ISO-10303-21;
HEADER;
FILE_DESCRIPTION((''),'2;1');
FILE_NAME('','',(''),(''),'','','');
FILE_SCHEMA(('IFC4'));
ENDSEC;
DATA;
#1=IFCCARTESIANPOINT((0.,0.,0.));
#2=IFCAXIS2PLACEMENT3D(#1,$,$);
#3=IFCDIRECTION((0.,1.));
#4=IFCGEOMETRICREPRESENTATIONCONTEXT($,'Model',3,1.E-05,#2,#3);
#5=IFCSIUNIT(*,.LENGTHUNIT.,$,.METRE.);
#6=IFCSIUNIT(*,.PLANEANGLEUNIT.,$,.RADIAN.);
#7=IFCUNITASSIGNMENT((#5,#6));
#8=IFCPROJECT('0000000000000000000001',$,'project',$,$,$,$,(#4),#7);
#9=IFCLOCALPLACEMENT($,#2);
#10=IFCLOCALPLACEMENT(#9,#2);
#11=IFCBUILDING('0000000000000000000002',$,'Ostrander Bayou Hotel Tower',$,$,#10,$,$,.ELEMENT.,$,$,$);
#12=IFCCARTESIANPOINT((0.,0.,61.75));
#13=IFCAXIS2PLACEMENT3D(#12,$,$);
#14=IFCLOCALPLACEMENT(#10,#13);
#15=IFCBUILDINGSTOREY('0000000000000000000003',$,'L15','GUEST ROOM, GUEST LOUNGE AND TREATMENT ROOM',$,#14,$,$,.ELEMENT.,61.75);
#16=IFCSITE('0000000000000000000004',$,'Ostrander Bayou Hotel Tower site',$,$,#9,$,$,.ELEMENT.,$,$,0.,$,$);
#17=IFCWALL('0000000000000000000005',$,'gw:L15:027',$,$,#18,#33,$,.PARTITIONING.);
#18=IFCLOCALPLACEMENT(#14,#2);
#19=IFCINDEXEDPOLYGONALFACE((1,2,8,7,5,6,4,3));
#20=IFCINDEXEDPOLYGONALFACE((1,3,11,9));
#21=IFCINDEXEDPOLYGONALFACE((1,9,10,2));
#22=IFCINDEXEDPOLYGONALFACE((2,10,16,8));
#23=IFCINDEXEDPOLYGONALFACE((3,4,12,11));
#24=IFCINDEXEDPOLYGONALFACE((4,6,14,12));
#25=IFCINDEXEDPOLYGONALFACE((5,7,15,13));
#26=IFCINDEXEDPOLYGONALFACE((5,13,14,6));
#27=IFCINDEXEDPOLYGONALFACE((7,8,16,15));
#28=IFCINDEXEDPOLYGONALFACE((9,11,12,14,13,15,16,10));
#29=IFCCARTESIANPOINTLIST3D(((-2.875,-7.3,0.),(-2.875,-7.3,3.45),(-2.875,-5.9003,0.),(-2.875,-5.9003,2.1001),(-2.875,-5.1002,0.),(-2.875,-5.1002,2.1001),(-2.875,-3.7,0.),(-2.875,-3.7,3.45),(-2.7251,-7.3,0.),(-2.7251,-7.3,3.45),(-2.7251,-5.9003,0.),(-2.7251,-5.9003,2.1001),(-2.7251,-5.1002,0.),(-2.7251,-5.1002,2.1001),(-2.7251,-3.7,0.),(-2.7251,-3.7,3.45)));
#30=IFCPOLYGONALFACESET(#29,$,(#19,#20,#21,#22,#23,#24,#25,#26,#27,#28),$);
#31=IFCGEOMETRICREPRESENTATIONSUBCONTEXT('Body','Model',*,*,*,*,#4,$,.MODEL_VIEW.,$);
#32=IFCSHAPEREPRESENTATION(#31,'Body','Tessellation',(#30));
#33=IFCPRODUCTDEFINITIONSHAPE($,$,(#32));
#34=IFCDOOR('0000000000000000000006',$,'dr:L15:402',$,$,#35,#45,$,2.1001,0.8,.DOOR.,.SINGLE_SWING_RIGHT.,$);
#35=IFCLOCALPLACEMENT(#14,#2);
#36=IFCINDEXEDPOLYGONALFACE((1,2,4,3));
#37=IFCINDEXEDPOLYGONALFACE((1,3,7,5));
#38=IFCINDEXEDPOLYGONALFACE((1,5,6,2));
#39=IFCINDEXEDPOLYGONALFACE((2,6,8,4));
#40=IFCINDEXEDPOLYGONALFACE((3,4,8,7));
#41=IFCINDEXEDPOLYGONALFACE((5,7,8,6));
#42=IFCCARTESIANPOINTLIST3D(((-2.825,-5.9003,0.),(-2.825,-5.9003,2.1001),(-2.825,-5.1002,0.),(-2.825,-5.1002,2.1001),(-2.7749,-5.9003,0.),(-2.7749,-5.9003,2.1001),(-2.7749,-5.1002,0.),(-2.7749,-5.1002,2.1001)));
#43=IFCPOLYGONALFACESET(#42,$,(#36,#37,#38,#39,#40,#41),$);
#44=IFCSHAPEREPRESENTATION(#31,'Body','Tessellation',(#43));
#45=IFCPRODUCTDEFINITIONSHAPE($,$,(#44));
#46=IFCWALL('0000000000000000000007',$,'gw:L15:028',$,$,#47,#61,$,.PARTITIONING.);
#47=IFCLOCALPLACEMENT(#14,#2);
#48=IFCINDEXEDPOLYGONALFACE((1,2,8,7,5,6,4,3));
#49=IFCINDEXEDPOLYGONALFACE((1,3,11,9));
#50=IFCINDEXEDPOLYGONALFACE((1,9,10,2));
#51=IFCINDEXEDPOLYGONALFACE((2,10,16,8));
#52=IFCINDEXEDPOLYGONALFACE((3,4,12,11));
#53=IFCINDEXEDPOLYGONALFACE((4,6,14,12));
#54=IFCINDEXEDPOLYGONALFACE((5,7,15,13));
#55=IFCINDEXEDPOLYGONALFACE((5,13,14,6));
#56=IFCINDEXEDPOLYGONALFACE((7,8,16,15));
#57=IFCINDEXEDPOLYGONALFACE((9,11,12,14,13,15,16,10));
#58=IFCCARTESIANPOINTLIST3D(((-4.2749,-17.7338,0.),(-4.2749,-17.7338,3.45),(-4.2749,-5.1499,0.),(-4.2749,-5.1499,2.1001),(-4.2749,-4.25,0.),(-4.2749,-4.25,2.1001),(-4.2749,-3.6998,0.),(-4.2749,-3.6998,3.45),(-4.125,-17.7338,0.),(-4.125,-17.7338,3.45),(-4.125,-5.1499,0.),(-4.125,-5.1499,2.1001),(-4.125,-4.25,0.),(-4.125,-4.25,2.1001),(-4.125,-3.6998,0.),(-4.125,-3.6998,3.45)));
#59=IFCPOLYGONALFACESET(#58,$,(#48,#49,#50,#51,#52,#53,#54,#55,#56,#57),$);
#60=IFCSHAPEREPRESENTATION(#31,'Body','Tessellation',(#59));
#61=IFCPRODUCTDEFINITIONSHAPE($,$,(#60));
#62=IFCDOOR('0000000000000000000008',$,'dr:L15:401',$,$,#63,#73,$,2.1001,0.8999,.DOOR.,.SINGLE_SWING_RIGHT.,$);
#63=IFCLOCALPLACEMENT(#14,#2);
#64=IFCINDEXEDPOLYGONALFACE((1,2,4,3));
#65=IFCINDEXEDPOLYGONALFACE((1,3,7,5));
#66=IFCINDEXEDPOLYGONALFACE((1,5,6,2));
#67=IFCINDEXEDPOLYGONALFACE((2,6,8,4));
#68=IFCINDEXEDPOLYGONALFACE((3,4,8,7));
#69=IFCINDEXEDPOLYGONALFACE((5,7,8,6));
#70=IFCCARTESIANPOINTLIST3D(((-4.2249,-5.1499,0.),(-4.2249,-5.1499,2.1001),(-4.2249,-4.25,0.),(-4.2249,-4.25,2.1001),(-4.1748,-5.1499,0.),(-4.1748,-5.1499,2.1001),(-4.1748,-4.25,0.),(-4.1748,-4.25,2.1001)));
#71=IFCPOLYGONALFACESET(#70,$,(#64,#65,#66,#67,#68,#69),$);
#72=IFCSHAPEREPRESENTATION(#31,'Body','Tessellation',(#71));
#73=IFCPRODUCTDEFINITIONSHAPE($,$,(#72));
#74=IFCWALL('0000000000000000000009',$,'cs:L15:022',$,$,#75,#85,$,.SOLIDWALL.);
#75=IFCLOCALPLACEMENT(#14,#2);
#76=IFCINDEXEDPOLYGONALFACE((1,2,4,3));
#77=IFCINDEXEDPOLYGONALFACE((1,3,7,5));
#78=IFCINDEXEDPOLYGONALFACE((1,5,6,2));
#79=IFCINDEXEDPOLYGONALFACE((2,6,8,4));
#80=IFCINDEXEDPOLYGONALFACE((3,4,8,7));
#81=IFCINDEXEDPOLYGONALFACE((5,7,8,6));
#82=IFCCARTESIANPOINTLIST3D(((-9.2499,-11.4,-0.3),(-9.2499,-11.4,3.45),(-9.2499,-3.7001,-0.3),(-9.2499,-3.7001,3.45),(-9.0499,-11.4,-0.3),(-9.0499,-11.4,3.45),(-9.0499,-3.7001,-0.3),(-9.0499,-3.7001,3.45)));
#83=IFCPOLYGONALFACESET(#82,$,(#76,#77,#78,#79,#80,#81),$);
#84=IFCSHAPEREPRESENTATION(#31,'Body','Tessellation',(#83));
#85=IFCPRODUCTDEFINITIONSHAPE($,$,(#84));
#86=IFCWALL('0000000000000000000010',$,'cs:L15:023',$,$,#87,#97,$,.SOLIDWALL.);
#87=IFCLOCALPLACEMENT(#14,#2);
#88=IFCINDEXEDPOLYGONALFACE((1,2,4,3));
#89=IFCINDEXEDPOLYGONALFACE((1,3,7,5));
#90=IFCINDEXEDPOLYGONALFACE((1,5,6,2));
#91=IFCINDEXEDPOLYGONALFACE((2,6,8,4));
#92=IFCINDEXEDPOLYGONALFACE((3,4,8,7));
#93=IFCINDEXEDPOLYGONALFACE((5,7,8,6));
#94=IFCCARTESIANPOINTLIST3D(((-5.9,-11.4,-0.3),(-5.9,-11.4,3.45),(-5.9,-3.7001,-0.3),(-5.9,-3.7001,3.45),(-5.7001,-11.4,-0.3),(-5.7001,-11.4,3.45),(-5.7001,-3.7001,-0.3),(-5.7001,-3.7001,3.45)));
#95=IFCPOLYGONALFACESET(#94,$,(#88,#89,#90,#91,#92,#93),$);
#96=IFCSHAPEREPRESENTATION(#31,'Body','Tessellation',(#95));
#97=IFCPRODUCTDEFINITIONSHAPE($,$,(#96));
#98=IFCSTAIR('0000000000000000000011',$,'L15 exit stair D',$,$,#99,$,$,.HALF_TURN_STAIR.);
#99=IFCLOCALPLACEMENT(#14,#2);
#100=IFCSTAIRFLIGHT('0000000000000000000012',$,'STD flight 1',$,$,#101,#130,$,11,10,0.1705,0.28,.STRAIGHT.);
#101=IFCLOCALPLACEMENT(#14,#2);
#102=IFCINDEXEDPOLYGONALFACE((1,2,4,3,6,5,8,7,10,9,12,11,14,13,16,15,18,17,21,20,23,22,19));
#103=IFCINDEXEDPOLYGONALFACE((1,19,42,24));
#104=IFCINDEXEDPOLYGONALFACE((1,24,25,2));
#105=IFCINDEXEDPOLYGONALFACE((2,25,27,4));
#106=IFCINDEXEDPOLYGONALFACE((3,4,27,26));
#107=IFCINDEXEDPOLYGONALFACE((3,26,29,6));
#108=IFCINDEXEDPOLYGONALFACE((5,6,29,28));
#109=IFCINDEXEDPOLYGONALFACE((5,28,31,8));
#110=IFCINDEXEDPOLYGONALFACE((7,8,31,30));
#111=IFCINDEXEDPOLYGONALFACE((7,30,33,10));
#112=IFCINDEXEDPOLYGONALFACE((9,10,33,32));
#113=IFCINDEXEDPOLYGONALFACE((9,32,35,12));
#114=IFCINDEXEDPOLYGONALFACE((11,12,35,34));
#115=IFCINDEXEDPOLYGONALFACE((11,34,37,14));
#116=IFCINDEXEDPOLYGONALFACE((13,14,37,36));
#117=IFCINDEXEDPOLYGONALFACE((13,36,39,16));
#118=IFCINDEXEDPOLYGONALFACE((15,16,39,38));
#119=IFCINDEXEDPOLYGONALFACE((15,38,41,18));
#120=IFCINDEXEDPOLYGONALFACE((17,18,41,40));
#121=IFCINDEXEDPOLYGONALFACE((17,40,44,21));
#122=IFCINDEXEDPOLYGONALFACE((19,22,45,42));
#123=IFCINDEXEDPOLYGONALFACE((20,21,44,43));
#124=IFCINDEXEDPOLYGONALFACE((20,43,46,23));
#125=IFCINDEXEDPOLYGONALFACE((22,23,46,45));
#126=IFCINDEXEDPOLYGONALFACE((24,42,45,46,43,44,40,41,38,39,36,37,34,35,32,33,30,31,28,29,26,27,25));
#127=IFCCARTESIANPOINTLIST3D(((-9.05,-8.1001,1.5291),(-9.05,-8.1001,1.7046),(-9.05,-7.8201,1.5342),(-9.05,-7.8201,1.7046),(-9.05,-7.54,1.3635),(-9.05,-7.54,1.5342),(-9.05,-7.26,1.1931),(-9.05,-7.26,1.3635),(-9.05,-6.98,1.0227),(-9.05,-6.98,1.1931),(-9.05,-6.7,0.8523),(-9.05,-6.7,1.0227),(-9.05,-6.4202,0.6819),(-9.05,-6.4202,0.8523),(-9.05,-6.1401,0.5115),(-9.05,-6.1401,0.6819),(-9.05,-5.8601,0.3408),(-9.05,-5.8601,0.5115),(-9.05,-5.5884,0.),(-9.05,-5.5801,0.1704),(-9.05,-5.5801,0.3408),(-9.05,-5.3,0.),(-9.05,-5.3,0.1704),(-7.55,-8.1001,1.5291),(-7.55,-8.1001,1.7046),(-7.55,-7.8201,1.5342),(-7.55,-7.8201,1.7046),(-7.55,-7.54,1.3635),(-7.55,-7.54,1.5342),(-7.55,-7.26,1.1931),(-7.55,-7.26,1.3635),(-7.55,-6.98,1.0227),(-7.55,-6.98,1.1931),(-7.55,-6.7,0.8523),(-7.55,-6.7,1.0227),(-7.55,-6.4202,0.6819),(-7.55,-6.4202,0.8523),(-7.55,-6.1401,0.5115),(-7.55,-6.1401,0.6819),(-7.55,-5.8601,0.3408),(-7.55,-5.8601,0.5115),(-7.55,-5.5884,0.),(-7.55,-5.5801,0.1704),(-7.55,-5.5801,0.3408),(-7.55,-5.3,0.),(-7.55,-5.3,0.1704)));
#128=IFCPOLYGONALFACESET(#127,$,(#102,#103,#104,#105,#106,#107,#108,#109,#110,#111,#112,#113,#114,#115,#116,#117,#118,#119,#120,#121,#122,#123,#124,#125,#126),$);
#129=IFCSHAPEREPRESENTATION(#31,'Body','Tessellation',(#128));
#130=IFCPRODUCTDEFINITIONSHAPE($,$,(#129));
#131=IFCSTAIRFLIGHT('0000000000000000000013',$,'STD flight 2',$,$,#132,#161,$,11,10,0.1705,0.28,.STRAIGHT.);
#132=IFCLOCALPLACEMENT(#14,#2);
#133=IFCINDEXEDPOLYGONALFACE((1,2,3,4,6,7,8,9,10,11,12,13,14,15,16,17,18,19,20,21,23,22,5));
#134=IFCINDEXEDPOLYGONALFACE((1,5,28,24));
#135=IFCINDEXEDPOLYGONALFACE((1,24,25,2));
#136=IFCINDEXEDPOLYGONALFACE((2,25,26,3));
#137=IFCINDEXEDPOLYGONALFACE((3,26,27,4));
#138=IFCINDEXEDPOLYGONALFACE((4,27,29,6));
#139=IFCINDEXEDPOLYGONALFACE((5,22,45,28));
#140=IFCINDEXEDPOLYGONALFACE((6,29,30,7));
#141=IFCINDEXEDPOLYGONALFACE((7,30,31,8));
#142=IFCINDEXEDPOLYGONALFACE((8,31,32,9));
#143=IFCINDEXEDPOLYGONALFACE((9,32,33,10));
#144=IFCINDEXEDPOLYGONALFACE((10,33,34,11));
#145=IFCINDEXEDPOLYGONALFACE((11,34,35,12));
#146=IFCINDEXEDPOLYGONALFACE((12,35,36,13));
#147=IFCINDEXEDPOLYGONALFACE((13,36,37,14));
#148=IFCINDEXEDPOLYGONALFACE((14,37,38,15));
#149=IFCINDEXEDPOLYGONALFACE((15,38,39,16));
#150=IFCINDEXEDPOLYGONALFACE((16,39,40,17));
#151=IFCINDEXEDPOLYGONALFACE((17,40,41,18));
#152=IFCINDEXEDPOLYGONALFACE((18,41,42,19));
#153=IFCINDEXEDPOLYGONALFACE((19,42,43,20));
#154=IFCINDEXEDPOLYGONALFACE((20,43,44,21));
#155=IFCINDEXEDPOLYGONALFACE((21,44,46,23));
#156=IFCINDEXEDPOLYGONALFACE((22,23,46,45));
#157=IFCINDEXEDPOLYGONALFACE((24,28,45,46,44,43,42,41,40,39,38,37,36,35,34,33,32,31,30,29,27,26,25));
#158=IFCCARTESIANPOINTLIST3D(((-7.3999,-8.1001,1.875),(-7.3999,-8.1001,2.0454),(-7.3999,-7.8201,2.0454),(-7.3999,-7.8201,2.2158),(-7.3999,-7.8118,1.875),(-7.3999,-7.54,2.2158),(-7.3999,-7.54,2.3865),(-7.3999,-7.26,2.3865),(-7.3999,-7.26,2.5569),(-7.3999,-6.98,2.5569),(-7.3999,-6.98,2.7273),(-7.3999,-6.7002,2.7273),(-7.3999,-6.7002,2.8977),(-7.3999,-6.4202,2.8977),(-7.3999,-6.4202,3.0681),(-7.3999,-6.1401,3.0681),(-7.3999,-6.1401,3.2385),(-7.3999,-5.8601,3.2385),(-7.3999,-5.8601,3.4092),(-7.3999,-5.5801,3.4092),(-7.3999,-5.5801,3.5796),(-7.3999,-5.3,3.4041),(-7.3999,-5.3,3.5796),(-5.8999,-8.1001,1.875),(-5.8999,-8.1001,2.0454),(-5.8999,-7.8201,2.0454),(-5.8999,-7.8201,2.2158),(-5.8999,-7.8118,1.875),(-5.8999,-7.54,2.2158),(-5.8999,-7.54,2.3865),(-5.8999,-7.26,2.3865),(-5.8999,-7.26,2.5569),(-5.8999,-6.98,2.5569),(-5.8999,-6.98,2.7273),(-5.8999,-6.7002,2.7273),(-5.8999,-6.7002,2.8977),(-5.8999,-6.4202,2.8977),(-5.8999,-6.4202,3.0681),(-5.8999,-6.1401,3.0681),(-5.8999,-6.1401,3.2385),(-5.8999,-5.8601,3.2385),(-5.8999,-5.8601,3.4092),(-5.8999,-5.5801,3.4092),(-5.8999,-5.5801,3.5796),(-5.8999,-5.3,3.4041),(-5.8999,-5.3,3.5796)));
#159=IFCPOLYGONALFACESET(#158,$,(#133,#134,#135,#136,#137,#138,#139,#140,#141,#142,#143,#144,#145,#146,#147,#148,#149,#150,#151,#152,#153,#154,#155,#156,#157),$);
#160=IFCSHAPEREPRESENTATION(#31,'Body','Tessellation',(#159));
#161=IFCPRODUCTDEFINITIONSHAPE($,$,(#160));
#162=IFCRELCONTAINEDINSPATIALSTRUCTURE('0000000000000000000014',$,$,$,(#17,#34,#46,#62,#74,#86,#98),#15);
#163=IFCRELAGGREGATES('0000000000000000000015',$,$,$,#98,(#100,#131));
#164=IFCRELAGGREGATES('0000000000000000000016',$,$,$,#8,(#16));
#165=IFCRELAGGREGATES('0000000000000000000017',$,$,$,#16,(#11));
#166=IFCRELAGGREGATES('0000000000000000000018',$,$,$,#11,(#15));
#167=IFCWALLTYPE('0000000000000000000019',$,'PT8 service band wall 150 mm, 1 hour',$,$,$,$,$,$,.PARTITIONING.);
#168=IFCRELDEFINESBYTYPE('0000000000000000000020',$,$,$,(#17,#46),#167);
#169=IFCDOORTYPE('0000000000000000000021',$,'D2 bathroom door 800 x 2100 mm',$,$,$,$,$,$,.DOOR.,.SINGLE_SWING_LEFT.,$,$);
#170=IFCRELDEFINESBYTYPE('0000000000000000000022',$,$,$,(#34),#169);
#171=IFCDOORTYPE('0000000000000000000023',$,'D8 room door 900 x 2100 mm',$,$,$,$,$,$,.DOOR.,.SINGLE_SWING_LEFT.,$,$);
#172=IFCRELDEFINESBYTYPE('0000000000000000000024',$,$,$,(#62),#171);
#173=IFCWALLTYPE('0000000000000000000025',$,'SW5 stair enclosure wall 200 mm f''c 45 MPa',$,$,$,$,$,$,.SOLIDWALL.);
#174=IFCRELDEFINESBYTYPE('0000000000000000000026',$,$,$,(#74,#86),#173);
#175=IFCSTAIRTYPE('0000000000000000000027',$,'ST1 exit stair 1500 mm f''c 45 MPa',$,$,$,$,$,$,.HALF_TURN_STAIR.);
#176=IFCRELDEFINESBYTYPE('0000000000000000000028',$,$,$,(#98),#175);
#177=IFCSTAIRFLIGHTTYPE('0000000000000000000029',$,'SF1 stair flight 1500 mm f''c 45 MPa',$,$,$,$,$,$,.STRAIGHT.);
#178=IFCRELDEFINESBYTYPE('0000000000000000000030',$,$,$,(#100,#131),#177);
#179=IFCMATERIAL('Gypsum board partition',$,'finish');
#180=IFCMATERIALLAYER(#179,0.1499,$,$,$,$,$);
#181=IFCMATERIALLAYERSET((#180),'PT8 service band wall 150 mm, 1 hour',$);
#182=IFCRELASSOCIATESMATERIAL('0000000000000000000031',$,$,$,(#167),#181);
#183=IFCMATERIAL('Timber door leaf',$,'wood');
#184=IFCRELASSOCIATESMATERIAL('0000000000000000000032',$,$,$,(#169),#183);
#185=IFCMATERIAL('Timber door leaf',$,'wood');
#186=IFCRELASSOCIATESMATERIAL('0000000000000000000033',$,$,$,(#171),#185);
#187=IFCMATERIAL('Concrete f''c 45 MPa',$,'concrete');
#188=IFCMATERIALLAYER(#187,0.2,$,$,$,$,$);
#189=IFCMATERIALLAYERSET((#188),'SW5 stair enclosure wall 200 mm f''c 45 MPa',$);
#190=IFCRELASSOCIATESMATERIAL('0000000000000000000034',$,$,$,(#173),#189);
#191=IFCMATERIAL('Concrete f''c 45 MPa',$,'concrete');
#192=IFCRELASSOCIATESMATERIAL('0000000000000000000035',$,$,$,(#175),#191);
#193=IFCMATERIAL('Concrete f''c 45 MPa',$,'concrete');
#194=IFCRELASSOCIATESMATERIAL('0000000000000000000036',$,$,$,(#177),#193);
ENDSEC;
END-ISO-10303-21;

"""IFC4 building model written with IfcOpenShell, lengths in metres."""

from ifc_helpers import new_model, si_unit, direction, frame, frame_2d, origin, place, context, subcontext, project, spatial, polyline, rectangle, outline, extrude, material, layer, layer_set, type_object, element, fill, aggregate, save


model = new_model("IFC4")

# Units and contexts
model_context = context("Model", 3, precision=1e-05, world=origin(), true_north=direction((0.0, 1.0)))
body_context = subcontext(model_context, "Body", "Model", "MODEL_VIEW")
ifc_project = project(units=[si_unit("LENGTHUNIT", "METRE"), si_unit("PLANEANGLEUNIT", "RADIAN")], contexts=[model_context])

# Site, building, storey
site_placement = place(None, origin())
site = spatial("IfcSite", under=ifc_project, at=site_placement, Name="Ostrander Bayou Hotel Tower site", CompositionType="ELEMENT", RefElevation=0.0)
building_placement = place(site_placement, origin())
building = spatial("IfcBuilding", under=site, at=building_placement, Name="Ostrander Bayou Hotel Tower", CompositionType="ELEMENT")
storey_placement = place(building_placement, frame((0.0, 0.0, 61.75)))
storey = spatial("IfcBuildingStorey", under=building, at=storey_placement, Name="L15", Description="GUEST ROOM, GUEST LOUNGE AND TREATMENT ROOM", CompositionType="ELEMENT", Elevation=61.75)

# Shared definitions
ifc_material_1 = material(Name="Gypsum board partition", Category="finish")
ifc_layer_1 = layer(ifc_material_1, 0.1499)
ifc_layer_set_1 = layer_set([ifc_layer_1], Name="PT8 service band wall 150 mm, 1 hour")
wall_type_1 = type_object("IfcWallType", Name="PT8 service band wall 150 mm, 1 hour", PredefinedType="PARTITIONING", material=ifc_layer_set_1)

# Walls, openings, doors
wall_1_placement = place(storey_placement, frame((-2.8, -7.3, 0.0), z_axis=(0.0, 0.0, 1.0), x_axis=(0.0, 1.0, 0.0)))
wall_1 = element("IfcWall", 1, at=wall_1_placement, inside=storey, type_object=wall_type_1, Name="gw:L15:027", PredefinedType="PARTITIONING", context=body_context, shape_type="SweptSolid", body=[
    extrude(rectangle(XDim=3.6001, YDim=0.1499, at=frame_2d((1.8, 0.0))), origin(), (0.0, 0.0, 1.0), 3.45),
])
opening_1_placement = place(wall_1_placement, frame((1.3999, 0.0, 0.0)))
opening_1 = element("IfcOpeningElement", 2, at=opening_1_placement, cuts=wall_1, PredefinedType="OPENING", context=body_context, shape_type="SweptSolid", body=[
    extrude(rectangle(XDim=0.8, YDim=2.1001, at=frame_2d((0.3999, 1.05))), frame((0.0, 0.075, 0.0), z_axis=(0.0, -1.0, 0.0), x_axis=(1.0, 0.0, 0.0)), (0.0, 0.0, 1.0), 0.1499),
])
ifc_material_2 = material(Name="Timber door leaf", Category="wood")
door_type_1 = type_object("IfcDoorType", Name="D2 bathroom door 800 x 2100 mm", OperationType="SINGLE_SWING_LEFT", PredefinedType="DOOR", material=ifc_material_2)
door_1_placement = place(opening_1_placement, origin())
door_1 = element("IfcDoor", 3, at=door_1_placement, inside=storey, type_object=door_type_1, Name="dr:L15:402", OperationType="SINGLE_SWING_RIGHT", OverallHeight=2.1001, OverallWidth=0.8, PredefinedType="DOOR", context=body_context, shape_type="SweptSolid", body=[
    extrude(rectangle(XDim=0.8, YDim=2.1001, at=frame_2d((0.3999, 1.05))), frame((0.0, 0.0249, 0.0), z_axis=(0.0, -1.0, 0.0), x_axis=(1.0, 0.0, 0.0)), (0.0, 0.0, 1.0), 0.05),
])
fill(opening_1, door_1)
wall_2_placement = place(storey_placement, frame((-4.2, -17.7339, 0.0), z_axis=(0.0, 0.0, 1.0), x_axis=(0.0, 1.0, 0.0)))
wall_2 = element("IfcWall", 4, at=wall_2_placement, inside=storey, type_object=wall_type_1, Name="gw:L15:028", PredefinedType="PARTITIONING", context=body_context, shape_type="SweptSolid", body=[
    extrude(rectangle(XDim=14.0339, YDim=0.1499, at=frame_2d((7.0171, 0.0))), origin(), (0.0, 0.0, 1.0), 3.45),
])
opening_2_placement = place(wall_2_placement, frame((12.584, 0.0, 0.0)))
opening_2 = element("IfcOpeningElement", 5, at=opening_2_placement, cuts=wall_2, PredefinedType="OPENING", context=body_context, shape_type="SweptSolid", body=[
    extrude(rectangle(XDim=0.8999, YDim=2.1001, at=frame_2d((0.45, 1.05))), frame((0.0, 0.075, 0.0), z_axis=(0.0, -1.0, 0.0), x_axis=(1.0, 0.0, 0.0)), (0.0, 0.0, 1.0), 0.1499),
])
ifc_material_3 = material(Name="Timber door leaf", Category="wood")
door_type_2 = type_object("IfcDoorType", Name="D8 room door 900 x 2100 mm", OperationType="SINGLE_SWING_LEFT", PredefinedType="DOOR", material=ifc_material_3)
door_2_placement = place(opening_2_placement, origin())
door_2 = element("IfcDoor", 6, at=door_2_placement, inside=storey, type_object=door_type_2, Name="dr:L15:401", OperationType="SINGLE_SWING_RIGHT", OverallHeight=2.1001, OverallWidth=0.8999, PredefinedType="DOOR", context=body_context, shape_type="SweptSolid", body=[
    extrude(rectangle(XDim=0.8999, YDim=2.1001, at=frame_2d((0.45, 1.05))), frame((0.0, 0.0249, 0.0), z_axis=(0.0, -1.0, 0.0), x_axis=(1.0, 0.0, 0.0)), (0.0, 0.0, 1.0), 0.05),
])
fill(opening_2, door_2)

# Walls
ifc_material_4 = material(Name="Concrete f'c 45 MPa", Category="concrete")
ifc_layer_2 = layer(ifc_material_4, 0.2)
ifc_layer_set_2 = layer_set([ifc_layer_2], Name="SW5 stair enclosure wall 200 mm f'c 45 MPa")
wall_type_2 = type_object("IfcWallType", Name="SW5 stair enclosure wall 200 mm f'c 45 MPa", PredefinedType="SOLIDWALL", material=ifc_layer_set_2)
for number, where, z_axis, x_axis, name in (
    (7, (-9.1499, -3.7, -0.3), (0.0, 0.0, 1.0), (0.0, -1.0, 0.0), "cs:L15:022"),
    (8, (-5.8, -3.7, -0.3), (0.0, 0.0, 1.0), (0.0, -1.0, 0.0), "cs:L15:023"),
):
    element("IfcWall", number, at=place(storey_placement, frame(where, z_axis=z_axis, x_axis=x_axis)), inside=storey, type_object=wall_type_2, Name=name, PredefinedType="SOLIDWALL", context=body_context, shape_type="SweptSolid", body=[
        extrude(rectangle(XDim=7.7, YDim=0.2, at=frame_2d((3.8501, 0.0))), origin(), (0.0, 0.0, 1.0), 3.75),
    ])

# Stair, stair flights
ifc_material_5 = material(Name="Concrete f'c 45 MPa", Category="concrete")
stair_type = type_object("IfcStairType", Name="ST1 exit stair 1500 mm f'c 45 MPa", PredefinedType="HALF_TURN_STAIR", material=ifc_material_5)
stair_placement = place(storey_placement, origin())
stair = element("IfcStair", 9, at=stair_placement, inside=storey, type_object=stair_type, Name="L15 exit stair D", PredefinedType="HALF_TURN_STAIR")
ifc_material_6 = material(Name="Concrete f'c 45 MPa", Category="concrete")
stair_flight_type = type_object("IfcStairFlightType", Name="SF1 stair flight 1500 mm f'c 45 MPa", PredefinedType="STRAIGHT", material=ifc_material_6)
stair_flight_1_placement = place(storey_placement, frame((-8.3, -5.3, 0.0), z_axis=(0.0, 0.0, 1.0), x_axis=(0.0, -1.0, 0.0)))
stair_flight_1 = element("IfcStairFlight", 10, at=stair_flight_1_placement, type_object=stair_flight_type, Name="STD flight 1", NumberOfRisers=11, NumberOfTreads=10, PredefinedType="STRAIGHT", RiserHeight=0.1705, TreadLength=0.28, context=body_context, shape_type="SweptSolid", body=[
    extrude(outline(polyline([(0.0, 0.0), (0.0, 0.1704), (0.28, 0.1704), (0.28, 0.3408), (0.5601, 0.3408), (0.5601, 0.5115), (0.8401, 0.5115), (0.8401, 0.6819), (1.1201, 0.6819), (1.1201, 0.8523), (1.3999, 0.8523), (1.3999, 1.0227), (1.6799, 1.0227), (1.6799, 1.1931), (1.96, 1.1931), (1.96, 1.3635), (2.24, 1.3635), (2.24, 1.5342), (2.52, 1.5342), (2.52, 1.7046), (2.8, 1.7046), (2.8, 1.875), (2.8, 1.5291), (0.2883, 0.0), (0.0, 0.0)])), frame((0.0, 0.75, 0.0), z_axis=(0.0, -1.0, 0.0), x_axis=(1.0, 0.0, 0.0)), (0.0, 0.0, 1.0), 1.5),
])
stair_flight_2_placement = place(storey_placement, frame((-6.6499, -8.1001, 1.875), z_axis=(0.0, 0.0, 1.0), x_axis=(0.0, 1.0, 0.0)))
stair_flight_2 = element("IfcStairFlight", 11, at=stair_flight_2_placement, type_object=stair_flight_type, Name="STD flight 2", NumberOfRisers=11, NumberOfTreads=10, PredefinedType="STRAIGHT", RiserHeight=0.1705, TreadLength=0.28, context=body_context, shape_type="SweptSolid", body=[
    extrude(outline(polyline([(0.0, 0.0), (0.0, 0.1704), (0.28, 0.1704), (0.28, 0.3408), (0.5601, 0.3408), (0.5601, 0.5115), (0.8401, 0.5115), (0.8401, 0.6819), (1.1201, 0.6819), (1.1201, 0.8523), (1.3999, 0.8523), (1.3999, 1.0227), (1.6799, 1.0227), (1.6799, 1.1931), (1.96, 1.1931), (1.96, 1.3635), (2.24, 1.3635), (2.24, 1.5342), (2.52, 1.5342), (2.52, 1.7046), (2.8, 1.7046), (2.8, 1.875), (2.8, 1.5291), (0.2883, 0.0), (0.0, 0.0)])), frame((0.0, 0.75, 0.0), z_axis=(0.0, -1.0, 0.0), x_axis=(1.0, 0.0, 0.0)), (0.0, 0.0, 1.0), 1.5),
])
aggregate(stair, [stair_flight_1, stair_flight_2])

save(model, "model.ifc")
